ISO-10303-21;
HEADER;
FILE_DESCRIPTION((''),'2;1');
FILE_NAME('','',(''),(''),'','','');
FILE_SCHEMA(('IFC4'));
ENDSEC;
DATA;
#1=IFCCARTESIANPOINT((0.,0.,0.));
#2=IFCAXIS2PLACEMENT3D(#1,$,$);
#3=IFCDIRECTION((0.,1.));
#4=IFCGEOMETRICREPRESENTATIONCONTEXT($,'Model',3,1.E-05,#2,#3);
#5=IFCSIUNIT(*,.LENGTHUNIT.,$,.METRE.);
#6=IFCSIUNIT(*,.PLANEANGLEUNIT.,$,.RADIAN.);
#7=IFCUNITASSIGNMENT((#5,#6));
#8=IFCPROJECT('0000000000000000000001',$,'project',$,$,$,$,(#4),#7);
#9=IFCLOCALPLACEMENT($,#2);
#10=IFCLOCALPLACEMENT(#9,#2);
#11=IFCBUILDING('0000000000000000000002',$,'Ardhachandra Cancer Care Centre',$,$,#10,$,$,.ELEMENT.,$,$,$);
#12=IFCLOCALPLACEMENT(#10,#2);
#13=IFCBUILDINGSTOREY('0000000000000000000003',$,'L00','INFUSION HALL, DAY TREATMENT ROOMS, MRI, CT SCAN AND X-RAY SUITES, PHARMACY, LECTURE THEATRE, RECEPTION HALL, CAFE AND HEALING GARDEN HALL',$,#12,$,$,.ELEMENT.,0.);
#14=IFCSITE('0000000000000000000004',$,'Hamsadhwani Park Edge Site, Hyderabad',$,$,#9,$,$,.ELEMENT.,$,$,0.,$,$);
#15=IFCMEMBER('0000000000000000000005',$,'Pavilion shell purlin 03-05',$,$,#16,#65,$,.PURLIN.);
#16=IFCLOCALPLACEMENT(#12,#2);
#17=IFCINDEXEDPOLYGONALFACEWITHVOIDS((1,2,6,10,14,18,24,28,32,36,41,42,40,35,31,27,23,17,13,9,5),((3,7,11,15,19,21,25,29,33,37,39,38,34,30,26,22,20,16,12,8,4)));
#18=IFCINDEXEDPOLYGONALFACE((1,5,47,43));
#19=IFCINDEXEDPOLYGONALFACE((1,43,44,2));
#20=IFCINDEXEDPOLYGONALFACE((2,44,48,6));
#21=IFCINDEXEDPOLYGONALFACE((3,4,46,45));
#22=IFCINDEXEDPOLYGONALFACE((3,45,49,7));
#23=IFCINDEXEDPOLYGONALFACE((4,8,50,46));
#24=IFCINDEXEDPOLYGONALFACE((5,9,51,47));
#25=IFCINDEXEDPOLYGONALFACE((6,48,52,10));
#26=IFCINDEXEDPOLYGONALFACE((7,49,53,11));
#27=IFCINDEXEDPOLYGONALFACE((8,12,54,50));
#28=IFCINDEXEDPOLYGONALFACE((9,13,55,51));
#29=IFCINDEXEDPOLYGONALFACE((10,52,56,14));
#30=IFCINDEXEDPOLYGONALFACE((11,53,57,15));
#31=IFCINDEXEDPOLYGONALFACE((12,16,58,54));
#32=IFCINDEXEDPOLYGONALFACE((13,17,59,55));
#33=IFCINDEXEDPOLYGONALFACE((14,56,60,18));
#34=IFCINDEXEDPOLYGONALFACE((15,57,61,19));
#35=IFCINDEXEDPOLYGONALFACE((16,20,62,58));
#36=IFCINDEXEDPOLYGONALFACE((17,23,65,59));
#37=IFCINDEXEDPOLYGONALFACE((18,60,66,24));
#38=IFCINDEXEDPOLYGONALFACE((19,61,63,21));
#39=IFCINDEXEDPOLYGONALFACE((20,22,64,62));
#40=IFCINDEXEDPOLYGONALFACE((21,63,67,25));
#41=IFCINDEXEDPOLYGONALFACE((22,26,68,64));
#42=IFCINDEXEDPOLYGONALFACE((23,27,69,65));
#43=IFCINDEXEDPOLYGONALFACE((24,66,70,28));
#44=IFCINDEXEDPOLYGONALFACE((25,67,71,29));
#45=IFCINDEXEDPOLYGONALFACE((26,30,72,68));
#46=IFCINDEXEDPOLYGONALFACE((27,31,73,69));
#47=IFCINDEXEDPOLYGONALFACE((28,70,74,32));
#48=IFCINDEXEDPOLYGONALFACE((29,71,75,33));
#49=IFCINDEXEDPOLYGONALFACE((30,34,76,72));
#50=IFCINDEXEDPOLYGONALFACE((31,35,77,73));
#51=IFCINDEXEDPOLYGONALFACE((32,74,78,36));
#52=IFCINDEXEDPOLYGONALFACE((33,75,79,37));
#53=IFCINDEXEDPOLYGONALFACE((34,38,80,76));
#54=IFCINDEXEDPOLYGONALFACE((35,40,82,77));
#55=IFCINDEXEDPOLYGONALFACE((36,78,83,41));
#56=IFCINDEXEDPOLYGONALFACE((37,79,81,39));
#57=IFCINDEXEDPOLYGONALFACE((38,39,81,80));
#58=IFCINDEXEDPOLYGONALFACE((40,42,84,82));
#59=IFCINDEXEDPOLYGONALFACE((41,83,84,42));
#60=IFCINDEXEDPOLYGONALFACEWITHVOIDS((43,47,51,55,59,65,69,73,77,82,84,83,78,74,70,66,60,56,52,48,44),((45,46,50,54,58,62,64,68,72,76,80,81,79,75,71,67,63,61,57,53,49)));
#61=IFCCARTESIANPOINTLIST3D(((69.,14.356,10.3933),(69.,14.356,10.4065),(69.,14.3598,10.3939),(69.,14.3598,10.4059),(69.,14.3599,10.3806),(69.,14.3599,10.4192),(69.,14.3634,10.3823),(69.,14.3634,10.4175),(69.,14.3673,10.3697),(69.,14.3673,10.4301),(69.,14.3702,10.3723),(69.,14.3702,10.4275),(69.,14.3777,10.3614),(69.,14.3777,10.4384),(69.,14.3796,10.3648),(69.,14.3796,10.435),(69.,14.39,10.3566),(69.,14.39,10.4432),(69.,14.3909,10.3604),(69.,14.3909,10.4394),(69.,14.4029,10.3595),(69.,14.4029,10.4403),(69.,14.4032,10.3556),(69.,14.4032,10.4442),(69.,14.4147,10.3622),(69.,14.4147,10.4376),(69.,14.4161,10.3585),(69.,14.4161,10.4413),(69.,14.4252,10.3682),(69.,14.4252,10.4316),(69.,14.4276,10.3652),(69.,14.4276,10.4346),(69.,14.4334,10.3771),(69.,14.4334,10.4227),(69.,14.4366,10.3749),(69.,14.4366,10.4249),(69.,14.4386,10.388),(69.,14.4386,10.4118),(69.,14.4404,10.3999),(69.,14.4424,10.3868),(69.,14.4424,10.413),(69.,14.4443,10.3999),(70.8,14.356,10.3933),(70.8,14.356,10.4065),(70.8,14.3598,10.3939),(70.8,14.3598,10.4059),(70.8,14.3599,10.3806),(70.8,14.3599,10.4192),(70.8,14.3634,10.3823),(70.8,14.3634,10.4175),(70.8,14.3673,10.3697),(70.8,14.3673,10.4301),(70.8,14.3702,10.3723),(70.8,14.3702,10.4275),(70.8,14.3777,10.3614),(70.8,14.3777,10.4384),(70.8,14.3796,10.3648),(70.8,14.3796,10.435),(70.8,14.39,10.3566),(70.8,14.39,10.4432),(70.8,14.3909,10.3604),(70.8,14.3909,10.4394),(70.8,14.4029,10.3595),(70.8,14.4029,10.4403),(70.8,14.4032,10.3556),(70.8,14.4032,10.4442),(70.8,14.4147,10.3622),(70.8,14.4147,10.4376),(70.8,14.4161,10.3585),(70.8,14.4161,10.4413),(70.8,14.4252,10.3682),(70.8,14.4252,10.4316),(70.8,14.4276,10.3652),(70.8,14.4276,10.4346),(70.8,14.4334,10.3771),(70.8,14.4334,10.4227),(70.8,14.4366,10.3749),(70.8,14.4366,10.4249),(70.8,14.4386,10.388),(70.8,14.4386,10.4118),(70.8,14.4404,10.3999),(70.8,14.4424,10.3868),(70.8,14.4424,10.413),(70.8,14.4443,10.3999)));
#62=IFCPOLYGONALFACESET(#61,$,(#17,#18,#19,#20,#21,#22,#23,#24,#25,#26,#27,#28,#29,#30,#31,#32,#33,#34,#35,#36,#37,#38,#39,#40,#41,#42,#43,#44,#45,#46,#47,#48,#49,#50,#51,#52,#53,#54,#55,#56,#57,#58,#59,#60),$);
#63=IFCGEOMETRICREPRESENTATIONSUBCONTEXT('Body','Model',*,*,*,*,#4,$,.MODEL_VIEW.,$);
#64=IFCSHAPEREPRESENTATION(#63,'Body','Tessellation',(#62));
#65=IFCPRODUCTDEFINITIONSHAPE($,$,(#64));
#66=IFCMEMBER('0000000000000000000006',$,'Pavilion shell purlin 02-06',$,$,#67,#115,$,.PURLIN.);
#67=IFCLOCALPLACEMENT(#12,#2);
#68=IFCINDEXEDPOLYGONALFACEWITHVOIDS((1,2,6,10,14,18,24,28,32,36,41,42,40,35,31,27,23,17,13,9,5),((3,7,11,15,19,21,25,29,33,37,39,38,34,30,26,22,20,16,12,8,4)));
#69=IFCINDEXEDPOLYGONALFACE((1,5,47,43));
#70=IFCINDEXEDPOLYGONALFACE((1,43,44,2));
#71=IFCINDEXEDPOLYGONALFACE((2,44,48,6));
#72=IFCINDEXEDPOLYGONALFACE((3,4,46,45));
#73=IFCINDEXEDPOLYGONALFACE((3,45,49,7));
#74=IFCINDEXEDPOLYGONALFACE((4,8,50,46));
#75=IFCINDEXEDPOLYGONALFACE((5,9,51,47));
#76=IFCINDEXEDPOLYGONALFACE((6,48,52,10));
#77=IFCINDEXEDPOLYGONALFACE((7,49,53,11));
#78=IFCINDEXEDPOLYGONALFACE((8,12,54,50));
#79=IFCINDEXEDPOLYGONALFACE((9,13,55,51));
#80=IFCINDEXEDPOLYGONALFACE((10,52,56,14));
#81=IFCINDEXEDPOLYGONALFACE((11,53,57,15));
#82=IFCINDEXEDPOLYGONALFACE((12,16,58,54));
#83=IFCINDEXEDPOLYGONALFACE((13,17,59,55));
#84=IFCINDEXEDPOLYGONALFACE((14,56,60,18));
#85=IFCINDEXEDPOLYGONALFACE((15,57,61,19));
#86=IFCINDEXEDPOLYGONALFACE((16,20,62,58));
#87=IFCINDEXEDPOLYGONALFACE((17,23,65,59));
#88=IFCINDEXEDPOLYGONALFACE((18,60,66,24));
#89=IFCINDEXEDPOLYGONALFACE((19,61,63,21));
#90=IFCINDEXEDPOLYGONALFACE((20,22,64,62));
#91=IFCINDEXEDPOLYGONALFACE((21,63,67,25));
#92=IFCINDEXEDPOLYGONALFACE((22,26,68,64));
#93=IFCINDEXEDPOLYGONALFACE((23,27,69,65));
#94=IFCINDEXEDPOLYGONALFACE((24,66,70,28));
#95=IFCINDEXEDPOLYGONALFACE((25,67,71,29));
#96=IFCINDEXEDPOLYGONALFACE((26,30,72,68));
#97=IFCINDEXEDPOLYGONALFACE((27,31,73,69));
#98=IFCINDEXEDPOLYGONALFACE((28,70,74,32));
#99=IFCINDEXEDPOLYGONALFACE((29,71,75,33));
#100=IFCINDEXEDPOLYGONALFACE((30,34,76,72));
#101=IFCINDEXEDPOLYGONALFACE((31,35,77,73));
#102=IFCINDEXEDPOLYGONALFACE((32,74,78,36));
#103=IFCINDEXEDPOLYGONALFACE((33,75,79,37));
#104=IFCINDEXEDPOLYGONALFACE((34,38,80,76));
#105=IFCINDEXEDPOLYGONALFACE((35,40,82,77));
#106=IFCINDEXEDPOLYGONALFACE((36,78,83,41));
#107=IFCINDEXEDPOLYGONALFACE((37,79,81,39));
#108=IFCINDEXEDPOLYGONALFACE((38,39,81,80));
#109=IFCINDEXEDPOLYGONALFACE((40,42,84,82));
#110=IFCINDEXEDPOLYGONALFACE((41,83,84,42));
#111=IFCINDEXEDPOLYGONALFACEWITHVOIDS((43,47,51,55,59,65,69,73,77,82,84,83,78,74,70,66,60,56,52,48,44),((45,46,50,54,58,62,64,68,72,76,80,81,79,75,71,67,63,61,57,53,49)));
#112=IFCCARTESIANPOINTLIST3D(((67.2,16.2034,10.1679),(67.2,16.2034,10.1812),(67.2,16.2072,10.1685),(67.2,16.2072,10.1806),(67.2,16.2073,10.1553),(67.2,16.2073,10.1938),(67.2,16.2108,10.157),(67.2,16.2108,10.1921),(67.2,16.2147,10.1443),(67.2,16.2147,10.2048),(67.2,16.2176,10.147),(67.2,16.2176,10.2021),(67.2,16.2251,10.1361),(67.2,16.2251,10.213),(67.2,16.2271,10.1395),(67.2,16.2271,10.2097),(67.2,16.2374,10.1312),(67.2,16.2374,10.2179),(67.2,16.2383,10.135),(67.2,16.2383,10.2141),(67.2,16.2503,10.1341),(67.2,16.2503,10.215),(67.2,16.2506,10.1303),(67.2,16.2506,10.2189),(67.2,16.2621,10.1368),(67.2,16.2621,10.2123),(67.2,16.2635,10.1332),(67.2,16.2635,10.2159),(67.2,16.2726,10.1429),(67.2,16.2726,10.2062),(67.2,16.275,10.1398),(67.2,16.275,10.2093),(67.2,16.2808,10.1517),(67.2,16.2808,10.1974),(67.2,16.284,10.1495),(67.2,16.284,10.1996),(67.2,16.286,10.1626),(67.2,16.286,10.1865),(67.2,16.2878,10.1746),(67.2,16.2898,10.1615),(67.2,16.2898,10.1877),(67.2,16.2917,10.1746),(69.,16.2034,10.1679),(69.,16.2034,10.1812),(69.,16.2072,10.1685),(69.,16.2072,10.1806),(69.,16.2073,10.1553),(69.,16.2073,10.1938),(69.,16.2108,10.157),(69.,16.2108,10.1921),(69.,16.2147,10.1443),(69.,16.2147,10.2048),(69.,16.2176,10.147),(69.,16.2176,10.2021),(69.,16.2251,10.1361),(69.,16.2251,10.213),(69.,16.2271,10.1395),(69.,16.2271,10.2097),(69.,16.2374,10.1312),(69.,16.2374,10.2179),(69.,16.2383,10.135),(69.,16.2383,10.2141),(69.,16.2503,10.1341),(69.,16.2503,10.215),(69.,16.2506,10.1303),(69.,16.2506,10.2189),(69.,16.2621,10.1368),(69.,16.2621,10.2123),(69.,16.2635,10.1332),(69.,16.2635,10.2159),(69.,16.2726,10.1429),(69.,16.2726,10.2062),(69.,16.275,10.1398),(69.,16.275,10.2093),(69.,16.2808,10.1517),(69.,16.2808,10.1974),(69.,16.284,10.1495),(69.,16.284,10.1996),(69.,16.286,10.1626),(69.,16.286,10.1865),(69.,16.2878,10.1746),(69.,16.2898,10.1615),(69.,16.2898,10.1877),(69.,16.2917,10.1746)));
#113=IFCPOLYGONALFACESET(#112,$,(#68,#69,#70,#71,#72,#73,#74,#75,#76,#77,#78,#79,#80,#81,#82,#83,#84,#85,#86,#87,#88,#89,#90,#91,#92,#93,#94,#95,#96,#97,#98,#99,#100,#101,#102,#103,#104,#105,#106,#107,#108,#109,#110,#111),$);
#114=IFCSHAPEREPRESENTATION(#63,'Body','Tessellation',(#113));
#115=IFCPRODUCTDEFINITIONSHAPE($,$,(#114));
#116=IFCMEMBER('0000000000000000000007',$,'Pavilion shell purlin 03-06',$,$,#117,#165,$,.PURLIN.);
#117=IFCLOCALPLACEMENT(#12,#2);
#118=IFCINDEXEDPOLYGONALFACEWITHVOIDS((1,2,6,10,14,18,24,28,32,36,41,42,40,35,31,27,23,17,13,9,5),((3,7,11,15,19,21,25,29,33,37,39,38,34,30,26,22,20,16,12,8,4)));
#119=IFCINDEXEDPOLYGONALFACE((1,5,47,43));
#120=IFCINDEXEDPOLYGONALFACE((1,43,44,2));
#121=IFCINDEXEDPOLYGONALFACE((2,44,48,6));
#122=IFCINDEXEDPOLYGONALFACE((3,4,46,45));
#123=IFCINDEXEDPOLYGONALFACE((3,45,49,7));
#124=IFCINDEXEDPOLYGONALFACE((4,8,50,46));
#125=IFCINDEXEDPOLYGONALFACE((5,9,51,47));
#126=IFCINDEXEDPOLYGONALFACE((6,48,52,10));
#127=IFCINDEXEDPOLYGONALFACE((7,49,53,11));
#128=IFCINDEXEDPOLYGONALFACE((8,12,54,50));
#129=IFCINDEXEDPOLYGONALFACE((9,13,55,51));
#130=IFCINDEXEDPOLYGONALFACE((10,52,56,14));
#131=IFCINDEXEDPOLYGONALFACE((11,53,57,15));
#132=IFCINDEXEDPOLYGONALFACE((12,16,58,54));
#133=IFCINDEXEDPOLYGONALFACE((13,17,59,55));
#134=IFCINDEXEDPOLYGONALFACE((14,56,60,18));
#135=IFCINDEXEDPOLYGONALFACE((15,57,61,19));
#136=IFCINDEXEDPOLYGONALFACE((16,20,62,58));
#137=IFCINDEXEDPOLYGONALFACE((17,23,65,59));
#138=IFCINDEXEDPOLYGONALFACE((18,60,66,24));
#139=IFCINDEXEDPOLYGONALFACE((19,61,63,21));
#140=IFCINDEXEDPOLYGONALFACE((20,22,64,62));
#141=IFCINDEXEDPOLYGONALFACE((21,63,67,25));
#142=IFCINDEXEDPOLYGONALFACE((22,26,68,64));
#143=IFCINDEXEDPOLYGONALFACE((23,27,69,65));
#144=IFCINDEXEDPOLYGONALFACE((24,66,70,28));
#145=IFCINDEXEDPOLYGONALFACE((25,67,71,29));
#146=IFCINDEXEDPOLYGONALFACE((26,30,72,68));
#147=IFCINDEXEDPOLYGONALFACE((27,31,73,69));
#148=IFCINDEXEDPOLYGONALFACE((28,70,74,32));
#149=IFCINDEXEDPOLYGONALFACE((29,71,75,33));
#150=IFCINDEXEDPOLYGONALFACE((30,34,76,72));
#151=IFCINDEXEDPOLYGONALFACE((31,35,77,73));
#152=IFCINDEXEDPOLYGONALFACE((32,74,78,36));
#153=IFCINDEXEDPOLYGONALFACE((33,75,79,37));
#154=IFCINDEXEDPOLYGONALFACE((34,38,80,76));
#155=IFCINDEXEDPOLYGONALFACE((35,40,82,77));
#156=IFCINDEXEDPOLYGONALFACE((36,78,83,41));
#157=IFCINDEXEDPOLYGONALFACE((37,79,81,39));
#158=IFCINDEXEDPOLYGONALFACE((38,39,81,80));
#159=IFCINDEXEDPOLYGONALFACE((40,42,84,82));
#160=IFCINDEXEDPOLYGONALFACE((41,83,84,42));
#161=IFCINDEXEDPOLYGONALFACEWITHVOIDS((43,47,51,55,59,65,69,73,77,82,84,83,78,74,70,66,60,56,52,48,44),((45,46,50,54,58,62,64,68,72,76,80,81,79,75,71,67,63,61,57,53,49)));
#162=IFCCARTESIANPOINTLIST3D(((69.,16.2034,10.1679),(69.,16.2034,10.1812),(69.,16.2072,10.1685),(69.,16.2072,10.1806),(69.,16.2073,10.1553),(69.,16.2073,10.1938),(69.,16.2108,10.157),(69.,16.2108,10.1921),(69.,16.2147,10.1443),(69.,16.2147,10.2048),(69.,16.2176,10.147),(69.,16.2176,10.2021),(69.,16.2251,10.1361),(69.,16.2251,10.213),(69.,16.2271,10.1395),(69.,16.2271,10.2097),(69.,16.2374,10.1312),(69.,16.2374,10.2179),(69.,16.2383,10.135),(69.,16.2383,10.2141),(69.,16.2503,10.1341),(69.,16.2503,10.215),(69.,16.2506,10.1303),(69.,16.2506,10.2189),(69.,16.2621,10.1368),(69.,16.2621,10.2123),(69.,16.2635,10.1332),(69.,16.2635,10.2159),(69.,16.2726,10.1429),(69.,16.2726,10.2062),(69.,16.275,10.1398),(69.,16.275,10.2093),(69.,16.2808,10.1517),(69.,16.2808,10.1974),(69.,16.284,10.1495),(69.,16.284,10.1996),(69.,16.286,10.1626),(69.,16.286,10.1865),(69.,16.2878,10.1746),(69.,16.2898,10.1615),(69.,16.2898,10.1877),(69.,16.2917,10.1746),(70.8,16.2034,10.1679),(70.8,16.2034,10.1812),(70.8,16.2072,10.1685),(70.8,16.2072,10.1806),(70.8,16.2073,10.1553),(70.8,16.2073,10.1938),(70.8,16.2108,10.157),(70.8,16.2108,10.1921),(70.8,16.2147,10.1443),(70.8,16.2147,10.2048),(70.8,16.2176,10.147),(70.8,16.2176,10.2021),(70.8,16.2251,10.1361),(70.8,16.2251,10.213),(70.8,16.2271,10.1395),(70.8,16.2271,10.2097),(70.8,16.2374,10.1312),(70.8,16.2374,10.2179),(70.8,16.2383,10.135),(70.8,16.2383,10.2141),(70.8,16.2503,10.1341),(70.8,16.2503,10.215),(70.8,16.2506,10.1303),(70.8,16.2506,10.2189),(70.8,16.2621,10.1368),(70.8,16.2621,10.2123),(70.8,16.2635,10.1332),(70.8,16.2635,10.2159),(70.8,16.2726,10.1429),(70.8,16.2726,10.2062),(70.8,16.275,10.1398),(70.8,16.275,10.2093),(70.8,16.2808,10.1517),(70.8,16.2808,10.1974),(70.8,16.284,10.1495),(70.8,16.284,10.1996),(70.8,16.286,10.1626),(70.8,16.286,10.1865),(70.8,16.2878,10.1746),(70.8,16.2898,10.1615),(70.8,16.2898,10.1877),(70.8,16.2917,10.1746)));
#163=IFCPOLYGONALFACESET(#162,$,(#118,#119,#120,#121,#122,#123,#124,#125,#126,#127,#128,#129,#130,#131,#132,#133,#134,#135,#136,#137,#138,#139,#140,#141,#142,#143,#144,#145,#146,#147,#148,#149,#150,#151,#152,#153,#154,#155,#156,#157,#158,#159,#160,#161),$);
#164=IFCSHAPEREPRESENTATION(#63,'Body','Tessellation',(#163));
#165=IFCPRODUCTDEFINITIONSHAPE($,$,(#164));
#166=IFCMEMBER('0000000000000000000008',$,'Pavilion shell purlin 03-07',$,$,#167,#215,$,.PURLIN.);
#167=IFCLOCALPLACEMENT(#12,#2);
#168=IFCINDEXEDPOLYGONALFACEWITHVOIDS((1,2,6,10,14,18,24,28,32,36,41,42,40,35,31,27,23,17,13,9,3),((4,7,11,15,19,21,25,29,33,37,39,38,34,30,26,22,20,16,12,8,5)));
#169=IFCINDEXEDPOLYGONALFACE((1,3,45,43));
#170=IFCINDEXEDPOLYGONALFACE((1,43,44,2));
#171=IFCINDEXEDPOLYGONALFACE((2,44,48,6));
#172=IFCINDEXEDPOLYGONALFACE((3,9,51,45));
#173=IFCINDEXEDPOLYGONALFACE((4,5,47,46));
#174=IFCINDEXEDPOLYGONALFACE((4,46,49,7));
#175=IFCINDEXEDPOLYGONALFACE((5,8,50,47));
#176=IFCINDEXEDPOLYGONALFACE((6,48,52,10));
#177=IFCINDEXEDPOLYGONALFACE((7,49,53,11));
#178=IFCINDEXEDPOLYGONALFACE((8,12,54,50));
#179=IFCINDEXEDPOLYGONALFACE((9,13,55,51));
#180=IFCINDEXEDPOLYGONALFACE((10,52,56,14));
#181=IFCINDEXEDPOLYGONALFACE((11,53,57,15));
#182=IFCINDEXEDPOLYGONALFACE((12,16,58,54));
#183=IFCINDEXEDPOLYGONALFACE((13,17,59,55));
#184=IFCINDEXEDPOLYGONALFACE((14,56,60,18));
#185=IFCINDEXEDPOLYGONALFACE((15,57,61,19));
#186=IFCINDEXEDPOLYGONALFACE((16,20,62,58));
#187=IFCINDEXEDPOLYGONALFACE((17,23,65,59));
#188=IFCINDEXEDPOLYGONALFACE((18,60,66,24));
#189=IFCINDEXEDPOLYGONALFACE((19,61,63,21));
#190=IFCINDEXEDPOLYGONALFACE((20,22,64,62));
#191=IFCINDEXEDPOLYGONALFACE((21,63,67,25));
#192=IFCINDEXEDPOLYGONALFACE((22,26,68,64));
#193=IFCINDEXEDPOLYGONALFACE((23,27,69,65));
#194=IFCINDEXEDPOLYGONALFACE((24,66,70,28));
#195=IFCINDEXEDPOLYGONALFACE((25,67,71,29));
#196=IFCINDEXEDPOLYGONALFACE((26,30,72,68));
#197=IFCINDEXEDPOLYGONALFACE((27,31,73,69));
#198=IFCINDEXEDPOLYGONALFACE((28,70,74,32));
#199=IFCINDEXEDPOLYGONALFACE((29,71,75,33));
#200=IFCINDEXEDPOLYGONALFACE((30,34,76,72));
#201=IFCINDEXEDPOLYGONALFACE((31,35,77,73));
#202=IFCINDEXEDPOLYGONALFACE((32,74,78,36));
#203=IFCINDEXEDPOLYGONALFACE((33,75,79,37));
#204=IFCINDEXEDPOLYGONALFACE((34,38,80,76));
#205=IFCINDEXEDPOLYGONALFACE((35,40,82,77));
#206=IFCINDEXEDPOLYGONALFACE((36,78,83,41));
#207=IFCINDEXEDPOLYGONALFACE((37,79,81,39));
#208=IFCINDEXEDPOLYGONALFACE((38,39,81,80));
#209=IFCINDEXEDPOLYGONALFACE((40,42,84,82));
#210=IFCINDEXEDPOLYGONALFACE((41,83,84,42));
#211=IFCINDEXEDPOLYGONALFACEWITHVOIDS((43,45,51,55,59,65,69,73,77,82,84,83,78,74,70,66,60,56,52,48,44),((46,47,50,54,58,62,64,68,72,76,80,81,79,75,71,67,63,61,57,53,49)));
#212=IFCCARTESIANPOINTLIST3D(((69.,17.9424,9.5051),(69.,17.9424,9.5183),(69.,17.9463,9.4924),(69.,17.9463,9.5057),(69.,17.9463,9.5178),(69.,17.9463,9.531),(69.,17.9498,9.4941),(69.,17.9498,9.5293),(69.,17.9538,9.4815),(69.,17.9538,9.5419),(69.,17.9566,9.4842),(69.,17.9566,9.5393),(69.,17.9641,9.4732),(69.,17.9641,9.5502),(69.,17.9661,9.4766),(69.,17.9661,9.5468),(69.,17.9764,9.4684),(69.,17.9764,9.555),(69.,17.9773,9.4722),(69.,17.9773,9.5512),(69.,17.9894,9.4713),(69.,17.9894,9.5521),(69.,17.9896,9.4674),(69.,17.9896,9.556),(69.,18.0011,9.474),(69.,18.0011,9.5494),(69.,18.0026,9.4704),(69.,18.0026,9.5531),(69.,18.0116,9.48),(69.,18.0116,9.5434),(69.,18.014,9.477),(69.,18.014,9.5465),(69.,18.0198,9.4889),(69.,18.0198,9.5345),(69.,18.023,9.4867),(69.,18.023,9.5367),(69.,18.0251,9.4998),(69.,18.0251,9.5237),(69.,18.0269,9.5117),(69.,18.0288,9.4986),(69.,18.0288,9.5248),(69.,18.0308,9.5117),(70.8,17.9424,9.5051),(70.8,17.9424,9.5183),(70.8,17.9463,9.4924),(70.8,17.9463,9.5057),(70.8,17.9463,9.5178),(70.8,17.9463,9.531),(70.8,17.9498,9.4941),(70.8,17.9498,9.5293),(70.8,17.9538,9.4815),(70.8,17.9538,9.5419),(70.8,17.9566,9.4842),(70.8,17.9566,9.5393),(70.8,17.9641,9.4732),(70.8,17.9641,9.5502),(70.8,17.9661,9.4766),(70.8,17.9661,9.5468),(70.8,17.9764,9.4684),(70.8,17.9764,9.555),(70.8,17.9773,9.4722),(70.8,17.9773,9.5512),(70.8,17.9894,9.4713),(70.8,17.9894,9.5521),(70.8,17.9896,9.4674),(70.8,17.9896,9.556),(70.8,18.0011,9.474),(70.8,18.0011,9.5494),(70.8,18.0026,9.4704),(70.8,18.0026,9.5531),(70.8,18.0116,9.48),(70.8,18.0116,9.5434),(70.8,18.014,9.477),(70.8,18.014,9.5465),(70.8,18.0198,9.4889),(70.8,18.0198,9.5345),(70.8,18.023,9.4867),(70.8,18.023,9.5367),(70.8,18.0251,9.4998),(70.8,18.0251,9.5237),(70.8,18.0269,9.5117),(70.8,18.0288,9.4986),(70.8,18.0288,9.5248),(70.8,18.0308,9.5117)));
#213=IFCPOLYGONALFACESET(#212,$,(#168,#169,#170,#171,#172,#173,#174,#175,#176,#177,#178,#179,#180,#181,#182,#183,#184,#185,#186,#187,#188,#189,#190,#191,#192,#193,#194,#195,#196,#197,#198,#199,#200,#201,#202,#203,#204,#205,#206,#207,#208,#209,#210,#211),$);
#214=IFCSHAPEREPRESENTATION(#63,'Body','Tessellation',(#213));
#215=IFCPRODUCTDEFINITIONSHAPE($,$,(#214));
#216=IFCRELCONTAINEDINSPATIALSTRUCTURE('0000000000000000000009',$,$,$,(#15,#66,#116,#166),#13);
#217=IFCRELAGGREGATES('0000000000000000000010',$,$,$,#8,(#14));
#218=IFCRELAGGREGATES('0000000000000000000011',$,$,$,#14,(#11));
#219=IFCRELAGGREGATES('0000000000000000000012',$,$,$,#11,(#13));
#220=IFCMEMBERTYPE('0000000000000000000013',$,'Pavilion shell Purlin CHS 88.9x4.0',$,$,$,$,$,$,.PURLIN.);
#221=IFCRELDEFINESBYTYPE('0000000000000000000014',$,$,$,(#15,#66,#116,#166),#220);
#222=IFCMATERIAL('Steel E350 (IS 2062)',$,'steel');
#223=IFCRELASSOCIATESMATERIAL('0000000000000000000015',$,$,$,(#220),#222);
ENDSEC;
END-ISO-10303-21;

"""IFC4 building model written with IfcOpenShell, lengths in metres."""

from ifc_helpers import new_model, si_unit, direction, frame, origin, origin_2d, place, context, subcontext, project, spatial, hollow_circle, extrude, material, material_profile, profile_set, type_object, element, save


model = new_model("IFC4")

# Units and contexts
model_context = context("Model", 3, precision=1e-05, world=origin(), true_north=direction((0.0, 1.0)))
body_context = subcontext(model_context, "Body", "Model", "MODEL_VIEW")
ifc_project = project(units=[si_unit("LENGTHUNIT", "METRE"), si_unit("PLANEANGLEUNIT", "RADIAN")], contexts=[model_context])

# Site, building, storey
site_placement = place(None, origin())
site = spatial("IfcSite", under=ifc_project, at=site_placement, Name="Hamsadhwani Park Edge Site, Hyderabad", CompositionType="ELEMENT", RefElevation=0.0)
building_placement = place(site_placement, origin())
building = spatial("IfcBuilding", under=site, at=building_placement, Name="Ardhachandra Cancer Care Centre", CompositionType="ELEMENT")
storey_placement = place(building_placement, origin())
storey = spatial("IfcBuildingStorey", under=building, at=storey_placement, Name="L00", Description="INFUSION HALL, DAY TREATMENT ROOMS, MRI, CT SCAN AND X-RAY SUITES, PHARMACY, LECTURE THEATRE, RECEPTION HALL, CAFE AND HEALING GARDEN HALL", CompositionType="ELEMENT", Elevation=0.0)

# Members
ifc_material_1 = material(Name="Steel E350 (IS 2062)", Category="steel")
ifc_material_profile_1 = material_profile(ifc_material_1, hollow_circle(Radius=0.0444, WallThickness=0.0039, at=origin_2d()), Name="CHS 88.9x4.0")
ifc_profile_set_1 = profile_set([ifc_material_profile_1], Name="Steel E350 (IS 2062)")
member_type_1 = type_object("IfcMemberType", Name="Pavilion shell Purlin CHS 88.9x4.0", PredefinedType="PURLIN", material=ifc_profile_set_1)
for number, where, z_axis, x_axis, name in (
    (1, (69.0, 14.3999, 10.3999), (1.0, 0.0, 0.0), (0.0, 1.0, 0.0), "Pavilion shell purlin 03-05"),
    (2, (67.2, 16.2473, 10.1746), (1.0, 0.0, 0.0), (0.0, 1.0, 0.0), "Pavilion shell purlin 02-06"),
    (3, (69.0, 16.2473, 10.1746), (1.0, 0.0, 0.0), (0.0, 1.0, 0.0), "Pavilion shell purlin 03-06"),
    (4, (69.0, 17.9863, 9.5117), (1.0, 0.0, 0.0), (0.0, 1.0, 0.0), "Pavilion shell purlin 03-07"),
):
    element("IfcMember", number, at=place(storey_placement, frame(where, z_axis=z_axis, x_axis=x_axis)), inside=storey, type_object=member_type_1, Name=name, PredefinedType="PURLIN", context=body_context, shape_type="SweptSolid", body=[
        extrude(hollow_circle(Radius=0.0444, WallThickness=0.0039, at=origin_2d()), origin(), (0.0, 0.0, 1.0), 1.8),
    ])

save(model, "model.ifc")
